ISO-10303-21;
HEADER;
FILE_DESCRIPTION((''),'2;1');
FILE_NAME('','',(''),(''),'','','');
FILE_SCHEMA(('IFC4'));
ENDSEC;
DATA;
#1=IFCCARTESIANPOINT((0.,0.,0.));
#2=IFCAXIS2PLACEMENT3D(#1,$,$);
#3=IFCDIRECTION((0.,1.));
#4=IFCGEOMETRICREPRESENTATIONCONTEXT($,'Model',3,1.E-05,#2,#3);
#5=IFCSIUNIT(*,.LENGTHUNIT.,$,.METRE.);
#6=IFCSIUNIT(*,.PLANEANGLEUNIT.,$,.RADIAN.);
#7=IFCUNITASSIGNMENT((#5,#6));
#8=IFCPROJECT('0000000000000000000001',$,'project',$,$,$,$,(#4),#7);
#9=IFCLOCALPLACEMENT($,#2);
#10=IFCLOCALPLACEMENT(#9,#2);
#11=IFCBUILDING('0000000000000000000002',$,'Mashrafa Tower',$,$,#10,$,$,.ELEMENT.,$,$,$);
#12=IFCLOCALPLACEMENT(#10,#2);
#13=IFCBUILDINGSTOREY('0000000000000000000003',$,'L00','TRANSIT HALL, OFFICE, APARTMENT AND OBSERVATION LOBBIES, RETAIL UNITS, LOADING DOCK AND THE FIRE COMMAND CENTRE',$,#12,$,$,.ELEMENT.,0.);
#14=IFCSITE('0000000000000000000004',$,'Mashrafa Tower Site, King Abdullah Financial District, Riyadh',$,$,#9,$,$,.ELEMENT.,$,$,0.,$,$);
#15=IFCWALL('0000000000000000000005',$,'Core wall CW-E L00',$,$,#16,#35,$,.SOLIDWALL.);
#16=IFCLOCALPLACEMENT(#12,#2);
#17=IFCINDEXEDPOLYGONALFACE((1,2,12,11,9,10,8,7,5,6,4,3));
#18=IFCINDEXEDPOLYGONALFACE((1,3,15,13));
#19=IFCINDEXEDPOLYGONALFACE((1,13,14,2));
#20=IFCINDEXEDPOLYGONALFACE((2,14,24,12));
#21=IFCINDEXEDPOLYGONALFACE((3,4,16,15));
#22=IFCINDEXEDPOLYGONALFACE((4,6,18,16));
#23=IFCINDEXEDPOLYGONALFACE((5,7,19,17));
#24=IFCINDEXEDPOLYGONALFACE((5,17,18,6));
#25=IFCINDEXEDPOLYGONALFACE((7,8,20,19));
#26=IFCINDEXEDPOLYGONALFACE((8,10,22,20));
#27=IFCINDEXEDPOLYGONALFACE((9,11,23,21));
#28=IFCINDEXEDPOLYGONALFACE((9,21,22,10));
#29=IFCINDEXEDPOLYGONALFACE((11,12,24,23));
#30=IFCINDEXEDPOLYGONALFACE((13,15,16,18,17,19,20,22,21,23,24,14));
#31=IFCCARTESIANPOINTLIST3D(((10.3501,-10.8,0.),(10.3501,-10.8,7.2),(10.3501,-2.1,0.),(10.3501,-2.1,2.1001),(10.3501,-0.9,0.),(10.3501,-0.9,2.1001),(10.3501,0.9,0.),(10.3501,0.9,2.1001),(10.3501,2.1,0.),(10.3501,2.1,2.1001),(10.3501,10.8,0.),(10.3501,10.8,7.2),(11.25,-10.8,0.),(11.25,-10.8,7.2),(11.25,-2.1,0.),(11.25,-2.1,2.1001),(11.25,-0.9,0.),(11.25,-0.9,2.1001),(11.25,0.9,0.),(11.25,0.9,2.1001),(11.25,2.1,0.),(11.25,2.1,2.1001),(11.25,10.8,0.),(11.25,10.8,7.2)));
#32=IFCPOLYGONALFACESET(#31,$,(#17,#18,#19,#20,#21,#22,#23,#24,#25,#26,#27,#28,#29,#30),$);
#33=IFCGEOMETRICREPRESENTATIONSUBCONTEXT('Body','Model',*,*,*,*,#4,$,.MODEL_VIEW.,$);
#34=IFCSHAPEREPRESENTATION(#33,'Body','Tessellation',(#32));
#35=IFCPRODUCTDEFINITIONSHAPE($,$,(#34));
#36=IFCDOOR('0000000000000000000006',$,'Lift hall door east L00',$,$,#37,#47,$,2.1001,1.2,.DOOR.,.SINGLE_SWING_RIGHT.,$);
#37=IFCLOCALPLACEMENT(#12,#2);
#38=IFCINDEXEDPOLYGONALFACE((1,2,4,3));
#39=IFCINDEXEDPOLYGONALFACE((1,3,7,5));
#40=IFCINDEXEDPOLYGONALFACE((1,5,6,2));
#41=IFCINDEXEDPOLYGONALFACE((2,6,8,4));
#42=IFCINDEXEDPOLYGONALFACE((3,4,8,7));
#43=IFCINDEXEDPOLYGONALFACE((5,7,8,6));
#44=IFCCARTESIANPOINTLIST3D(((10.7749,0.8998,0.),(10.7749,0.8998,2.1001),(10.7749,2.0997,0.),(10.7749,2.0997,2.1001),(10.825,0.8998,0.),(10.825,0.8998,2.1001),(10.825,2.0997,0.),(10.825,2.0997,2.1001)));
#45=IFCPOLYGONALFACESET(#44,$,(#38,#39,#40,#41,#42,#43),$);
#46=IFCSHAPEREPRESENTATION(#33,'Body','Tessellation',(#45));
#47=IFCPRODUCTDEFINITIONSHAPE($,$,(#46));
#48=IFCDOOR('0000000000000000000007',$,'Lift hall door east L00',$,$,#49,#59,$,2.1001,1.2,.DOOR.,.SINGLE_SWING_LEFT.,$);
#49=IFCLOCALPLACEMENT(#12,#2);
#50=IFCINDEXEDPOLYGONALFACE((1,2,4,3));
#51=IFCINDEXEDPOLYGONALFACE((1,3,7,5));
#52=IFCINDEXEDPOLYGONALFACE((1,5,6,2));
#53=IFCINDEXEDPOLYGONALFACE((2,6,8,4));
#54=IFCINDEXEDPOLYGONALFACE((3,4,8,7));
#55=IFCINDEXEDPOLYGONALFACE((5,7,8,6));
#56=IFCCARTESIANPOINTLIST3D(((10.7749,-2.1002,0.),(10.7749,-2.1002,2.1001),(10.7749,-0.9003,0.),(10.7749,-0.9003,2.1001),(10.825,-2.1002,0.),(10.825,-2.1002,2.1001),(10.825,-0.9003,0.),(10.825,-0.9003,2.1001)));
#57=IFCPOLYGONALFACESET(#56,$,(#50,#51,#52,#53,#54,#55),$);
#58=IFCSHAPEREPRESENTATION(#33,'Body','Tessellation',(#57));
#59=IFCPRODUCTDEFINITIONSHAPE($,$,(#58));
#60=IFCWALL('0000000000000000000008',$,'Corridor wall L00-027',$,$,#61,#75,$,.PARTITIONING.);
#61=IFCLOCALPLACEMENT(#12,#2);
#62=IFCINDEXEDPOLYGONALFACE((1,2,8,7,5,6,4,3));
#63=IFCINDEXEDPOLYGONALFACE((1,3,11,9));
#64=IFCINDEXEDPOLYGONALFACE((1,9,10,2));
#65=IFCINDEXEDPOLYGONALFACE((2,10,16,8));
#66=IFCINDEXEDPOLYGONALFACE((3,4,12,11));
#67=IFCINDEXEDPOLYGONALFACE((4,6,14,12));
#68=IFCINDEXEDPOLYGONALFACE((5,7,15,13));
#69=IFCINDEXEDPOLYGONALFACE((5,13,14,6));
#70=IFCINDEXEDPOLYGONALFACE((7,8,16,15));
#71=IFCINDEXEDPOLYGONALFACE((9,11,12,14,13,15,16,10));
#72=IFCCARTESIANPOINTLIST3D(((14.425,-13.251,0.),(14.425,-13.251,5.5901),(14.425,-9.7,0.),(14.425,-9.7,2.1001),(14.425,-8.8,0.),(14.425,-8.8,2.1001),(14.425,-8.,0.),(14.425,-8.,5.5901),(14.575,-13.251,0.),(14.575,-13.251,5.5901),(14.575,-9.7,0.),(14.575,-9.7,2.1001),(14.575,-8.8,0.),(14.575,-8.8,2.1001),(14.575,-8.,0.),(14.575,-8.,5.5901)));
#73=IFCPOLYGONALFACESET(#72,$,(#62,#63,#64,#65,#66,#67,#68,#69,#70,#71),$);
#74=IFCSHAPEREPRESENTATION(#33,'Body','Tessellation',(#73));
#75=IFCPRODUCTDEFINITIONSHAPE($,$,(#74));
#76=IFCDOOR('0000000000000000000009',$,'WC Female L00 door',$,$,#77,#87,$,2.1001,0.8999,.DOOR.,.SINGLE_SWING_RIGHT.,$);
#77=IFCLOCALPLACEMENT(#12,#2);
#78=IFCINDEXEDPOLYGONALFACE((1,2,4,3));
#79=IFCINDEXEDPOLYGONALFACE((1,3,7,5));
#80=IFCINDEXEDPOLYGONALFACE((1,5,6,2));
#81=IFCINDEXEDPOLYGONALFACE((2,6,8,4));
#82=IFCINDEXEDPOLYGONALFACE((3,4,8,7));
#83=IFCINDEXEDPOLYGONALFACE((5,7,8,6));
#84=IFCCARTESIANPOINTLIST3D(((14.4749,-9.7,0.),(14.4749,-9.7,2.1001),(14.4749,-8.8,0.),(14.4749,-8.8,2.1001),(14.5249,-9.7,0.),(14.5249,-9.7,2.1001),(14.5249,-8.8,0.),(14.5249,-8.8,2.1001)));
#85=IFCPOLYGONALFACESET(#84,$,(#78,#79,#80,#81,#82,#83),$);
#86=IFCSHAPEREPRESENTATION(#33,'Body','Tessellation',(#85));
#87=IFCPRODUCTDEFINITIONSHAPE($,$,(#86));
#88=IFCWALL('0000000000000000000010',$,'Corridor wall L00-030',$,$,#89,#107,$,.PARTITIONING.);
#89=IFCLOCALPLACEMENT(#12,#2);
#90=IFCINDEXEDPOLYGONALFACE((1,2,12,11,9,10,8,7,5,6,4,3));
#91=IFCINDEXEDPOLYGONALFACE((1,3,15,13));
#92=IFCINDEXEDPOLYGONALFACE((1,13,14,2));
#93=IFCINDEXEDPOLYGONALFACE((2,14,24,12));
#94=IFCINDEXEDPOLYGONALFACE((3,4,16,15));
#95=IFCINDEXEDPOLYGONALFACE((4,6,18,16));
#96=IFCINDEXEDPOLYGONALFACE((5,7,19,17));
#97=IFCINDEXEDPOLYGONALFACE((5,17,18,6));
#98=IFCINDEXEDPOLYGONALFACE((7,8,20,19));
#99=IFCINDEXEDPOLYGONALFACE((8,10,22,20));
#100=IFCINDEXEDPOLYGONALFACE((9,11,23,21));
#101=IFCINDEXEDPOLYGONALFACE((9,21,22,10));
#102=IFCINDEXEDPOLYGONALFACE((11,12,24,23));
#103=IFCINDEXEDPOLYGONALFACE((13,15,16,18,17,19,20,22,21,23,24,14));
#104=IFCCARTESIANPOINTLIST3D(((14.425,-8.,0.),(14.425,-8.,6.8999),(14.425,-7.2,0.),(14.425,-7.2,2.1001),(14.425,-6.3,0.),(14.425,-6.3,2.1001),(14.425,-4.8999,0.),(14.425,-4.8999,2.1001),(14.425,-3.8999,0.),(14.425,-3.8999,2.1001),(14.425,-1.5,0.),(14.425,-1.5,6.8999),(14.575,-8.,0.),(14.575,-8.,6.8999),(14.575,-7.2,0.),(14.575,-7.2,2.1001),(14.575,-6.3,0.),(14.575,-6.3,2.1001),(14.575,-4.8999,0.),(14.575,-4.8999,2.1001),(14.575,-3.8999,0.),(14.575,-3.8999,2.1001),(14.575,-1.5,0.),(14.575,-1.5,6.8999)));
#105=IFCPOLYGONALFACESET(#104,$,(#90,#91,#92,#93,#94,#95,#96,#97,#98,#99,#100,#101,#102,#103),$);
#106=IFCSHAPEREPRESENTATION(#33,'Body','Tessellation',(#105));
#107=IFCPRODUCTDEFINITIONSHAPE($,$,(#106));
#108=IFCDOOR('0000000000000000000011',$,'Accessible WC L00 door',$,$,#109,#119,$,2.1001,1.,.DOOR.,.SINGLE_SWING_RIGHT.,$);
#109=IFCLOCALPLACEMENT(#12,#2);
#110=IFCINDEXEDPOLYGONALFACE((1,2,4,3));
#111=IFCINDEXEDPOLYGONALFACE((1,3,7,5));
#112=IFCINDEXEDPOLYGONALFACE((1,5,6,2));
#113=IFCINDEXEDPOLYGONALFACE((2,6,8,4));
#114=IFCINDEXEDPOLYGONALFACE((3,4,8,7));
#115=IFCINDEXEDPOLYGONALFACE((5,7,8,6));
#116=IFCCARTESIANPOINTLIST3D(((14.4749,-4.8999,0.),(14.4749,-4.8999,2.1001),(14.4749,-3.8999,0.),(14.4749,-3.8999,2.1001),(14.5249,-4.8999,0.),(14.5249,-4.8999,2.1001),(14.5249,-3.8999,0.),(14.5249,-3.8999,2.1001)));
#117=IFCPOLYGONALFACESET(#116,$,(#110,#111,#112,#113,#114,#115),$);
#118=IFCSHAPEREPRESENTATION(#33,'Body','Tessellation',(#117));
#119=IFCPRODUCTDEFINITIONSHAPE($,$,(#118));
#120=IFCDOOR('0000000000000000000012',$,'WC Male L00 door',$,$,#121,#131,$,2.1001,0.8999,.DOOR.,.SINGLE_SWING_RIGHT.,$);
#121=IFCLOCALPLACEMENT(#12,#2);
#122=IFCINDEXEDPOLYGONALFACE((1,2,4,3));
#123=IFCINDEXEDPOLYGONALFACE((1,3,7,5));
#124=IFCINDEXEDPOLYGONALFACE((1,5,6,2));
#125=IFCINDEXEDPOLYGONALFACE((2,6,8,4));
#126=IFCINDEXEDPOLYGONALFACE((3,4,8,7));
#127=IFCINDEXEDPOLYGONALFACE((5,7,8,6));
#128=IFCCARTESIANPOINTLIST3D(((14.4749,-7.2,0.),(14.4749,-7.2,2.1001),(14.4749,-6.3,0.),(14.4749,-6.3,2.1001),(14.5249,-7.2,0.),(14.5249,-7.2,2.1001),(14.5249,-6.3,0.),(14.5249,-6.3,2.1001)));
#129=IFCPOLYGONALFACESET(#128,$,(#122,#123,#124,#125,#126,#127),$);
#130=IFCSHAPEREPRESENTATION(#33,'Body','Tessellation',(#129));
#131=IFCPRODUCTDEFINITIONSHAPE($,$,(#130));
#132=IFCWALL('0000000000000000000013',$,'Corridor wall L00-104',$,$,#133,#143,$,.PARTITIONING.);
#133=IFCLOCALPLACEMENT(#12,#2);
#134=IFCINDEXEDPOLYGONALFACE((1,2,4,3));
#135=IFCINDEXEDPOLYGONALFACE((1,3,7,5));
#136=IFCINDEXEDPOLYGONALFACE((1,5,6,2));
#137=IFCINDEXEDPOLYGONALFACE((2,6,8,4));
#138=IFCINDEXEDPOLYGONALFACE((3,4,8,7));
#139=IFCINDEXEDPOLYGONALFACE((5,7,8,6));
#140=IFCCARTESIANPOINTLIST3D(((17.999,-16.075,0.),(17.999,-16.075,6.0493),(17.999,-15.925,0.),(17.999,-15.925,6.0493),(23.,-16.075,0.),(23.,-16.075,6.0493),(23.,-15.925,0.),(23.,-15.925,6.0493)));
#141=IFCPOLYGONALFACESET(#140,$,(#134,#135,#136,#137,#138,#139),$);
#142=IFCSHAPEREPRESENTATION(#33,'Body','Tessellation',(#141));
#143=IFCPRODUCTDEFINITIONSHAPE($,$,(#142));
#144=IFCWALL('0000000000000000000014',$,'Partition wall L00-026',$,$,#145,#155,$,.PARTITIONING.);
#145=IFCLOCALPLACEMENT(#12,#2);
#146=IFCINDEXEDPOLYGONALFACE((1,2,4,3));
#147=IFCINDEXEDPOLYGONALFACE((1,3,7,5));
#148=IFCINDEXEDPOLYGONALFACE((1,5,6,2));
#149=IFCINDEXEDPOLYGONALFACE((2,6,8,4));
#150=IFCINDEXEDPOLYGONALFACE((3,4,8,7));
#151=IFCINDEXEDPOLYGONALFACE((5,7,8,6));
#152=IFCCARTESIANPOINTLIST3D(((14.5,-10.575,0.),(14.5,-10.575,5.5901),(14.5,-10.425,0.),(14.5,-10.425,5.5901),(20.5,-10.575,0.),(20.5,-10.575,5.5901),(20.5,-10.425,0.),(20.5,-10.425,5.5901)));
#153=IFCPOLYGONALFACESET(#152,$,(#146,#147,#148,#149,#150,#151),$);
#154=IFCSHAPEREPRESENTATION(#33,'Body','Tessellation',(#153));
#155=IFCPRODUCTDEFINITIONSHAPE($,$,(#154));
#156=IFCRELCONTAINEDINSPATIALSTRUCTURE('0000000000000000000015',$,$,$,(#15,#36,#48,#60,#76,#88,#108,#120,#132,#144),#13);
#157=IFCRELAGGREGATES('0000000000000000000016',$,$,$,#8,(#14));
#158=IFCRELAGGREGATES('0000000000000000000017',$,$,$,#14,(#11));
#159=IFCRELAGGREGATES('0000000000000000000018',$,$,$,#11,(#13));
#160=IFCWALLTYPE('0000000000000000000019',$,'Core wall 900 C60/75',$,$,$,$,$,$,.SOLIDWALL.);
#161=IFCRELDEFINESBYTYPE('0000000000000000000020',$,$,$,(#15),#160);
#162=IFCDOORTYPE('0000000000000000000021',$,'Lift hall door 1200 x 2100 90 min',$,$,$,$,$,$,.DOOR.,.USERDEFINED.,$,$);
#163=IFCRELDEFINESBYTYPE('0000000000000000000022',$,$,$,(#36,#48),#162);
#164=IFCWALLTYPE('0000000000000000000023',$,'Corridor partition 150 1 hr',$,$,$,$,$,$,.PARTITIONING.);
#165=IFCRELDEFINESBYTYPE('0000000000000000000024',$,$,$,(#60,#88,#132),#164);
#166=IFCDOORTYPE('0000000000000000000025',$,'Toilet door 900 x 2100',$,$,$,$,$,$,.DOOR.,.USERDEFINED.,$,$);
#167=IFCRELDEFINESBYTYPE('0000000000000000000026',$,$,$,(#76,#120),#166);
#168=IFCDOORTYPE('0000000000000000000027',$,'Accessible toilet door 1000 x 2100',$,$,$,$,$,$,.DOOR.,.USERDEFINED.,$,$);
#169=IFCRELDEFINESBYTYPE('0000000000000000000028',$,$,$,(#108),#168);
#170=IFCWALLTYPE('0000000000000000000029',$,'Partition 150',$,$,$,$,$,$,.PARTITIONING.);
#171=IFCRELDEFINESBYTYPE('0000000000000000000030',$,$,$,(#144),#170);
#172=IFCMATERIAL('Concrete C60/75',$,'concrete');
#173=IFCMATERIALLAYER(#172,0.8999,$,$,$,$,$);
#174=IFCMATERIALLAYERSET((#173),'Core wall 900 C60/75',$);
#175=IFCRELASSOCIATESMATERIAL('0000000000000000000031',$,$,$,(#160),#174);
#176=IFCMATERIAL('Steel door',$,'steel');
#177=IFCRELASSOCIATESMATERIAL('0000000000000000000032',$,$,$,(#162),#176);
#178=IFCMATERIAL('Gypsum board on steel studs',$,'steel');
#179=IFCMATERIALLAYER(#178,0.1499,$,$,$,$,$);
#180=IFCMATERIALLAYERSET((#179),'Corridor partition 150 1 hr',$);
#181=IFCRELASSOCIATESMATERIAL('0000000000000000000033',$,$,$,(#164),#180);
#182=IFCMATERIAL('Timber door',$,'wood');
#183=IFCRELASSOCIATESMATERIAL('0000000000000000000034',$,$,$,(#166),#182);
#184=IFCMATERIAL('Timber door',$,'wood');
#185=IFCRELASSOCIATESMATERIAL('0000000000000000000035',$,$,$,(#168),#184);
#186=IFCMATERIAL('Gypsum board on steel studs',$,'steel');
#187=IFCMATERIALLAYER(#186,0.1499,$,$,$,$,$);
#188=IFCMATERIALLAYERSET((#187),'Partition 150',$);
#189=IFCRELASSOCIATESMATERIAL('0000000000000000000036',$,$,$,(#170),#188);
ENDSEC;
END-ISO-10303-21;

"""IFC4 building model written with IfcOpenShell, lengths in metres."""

from ifc_helpers import new_model, si_unit, direction, frame, frame_2d, origin, place, context, subcontext, project, spatial, rectangle, extrude, material, layer, layer_set, type_object, element, fill, save


model = new_model("IFC4")

# Units and contexts
model_context = context("Model", 3, precision=1e-05, world=origin(), true_north=direction((0.0, 1.0)))
body_context = subcontext(model_context, "Body", "Model", "MODEL_VIEW")
ifc_project = project(units=[si_unit("LENGTHUNIT", "METRE"), si_unit("PLANEANGLEUNIT", "RADIAN")], contexts=[model_context])

# Site, building, storey
site_placement = place(None, origin())
site = spatial("IfcSite", under=ifc_project, at=site_placement, Name="Mashrafa Tower Site, King Abdullah Financial District, Riyadh", CompositionType="ELEMENT", RefElevation=0.0)
building_placement = place(site_placement, origin())
building = spatial("IfcBuilding", under=site, at=building_placement, Name="Mashrafa Tower", CompositionType="ELEMENT")
storey_placement = place(building_placement, origin())
storey = spatial("IfcBuildingStorey", under=building, at=storey_placement, Name="L00", Description="TRANSIT HALL, OFFICE, APARTMENT AND OBSERVATION LOBBIES, RETAIL UNITS, LOADING DOCK AND THE FIRE COMMAND CENTRE", CompositionType="ELEMENT", Elevation=0.0)

# Wall, openings, doors
ifc_material_1 = material(Name="Concrete C60/75", Category="concrete")
ifc_layer_1 = layer(ifc_material_1, 0.8999)
ifc_layer_set_1 = layer_set([ifc_layer_1], Name="Core wall 900 C60/75")
wall_type_1 = type_object("IfcWallType", Name="Core wall 900 C60/75", PredefinedType="SOLIDWALL", material=ifc_layer_set_1)
wall_1_placement = place(storey_placement, frame((10.8, -10.8, 0.0), z_axis=(0.0, 0.0, 1.0), x_axis=(0.0, 1.0, 0.0)))
wall_1 = element("IfcWall", 1, at=wall_1_placement, inside=storey, type_object=wall_type_1, Name="Core wall CW-E L00", PredefinedType="SOLIDWALL", context=body_context, shape_type="SweptSolid", body=[
    extrude(rectangle(XDim=21.6001, YDim=0.8999, at=frame_2d((10.8, 0.0))), origin(), (0.0, 0.0, 1.0), 7.2),
])
opening_1_placement = place(wall_1_placement, frame((11.7, 0.0, 0.0)))
opening_1 = element("IfcOpeningElement", 2, at=opening_1_placement, cuts=wall_1, PredefinedType="OPENING", context=body_context, shape_type="SweptSolid", body=[
    extrude(rectangle(XDim=1.2, YDim=2.1001, at=frame_2d((0.6001, 1.05))), frame((0.0, 0.46, 0.0), z_axis=(0.0, -1.0, 0.0), x_axis=(1.0, 0.0, 0.0)), (0.0, 0.0, 1.0), 0.9199),
])
opening_2_placement = place(wall_1_placement, frame((8.7, 0.0, 0.0)))
opening_2 = element("IfcOpeningElement", 3, at=opening_2_placement, cuts=wall_1, PredefinedType="OPENING", context=body_context, shape_type="SweptSolid", body=[
    extrude(rectangle(XDim=1.2, YDim=2.1001, at=frame_2d((0.6001, 1.05))), frame((0.0, 0.46, 0.0), z_axis=(0.0, -1.0, 0.0), x_axis=(1.0, 0.0, 0.0)), (0.0, 0.0, 1.0), 0.9199),
])
ifc_material_2 = material(Name="Steel door", Category="steel")
door_type_1 = type_object("IfcDoorType", Name="Lift hall door 1200 x 2100 90 min", OperationType="USERDEFINED", PredefinedType="DOOR", material=ifc_material_2)
door_1_placement = place(opening_1_placement, frame((1.2, 0.0, 0.0), z_axis=(0.0, 0.0, 1.0), x_axis=(-1.0, 0.0, 0.0)))
door_1 = element("IfcDoor", 4, at=door_1_placement, inside=storey, type_object=door_type_1, Name="Lift hall door east L00", OperationType="SINGLE_SWING_RIGHT", OverallHeight=2.1001, OverallWidth=1.2, PredefinedType="DOOR", context=body_context, shape_type="SweptSolid", body=[
    extrude(rectangle(XDim=1.2, YDim=2.1001, at=frame_2d((0.6001, 1.05))), frame((0.0, 0.0249, 0.0), z_axis=(0.0, -1.0, 0.0), x_axis=(1.0, 0.0, 0.0)), (0.0, 0.0, 1.0), 0.05),
])
fill(opening_1, door_1)
door_2_placement = place(opening_2_placement, frame((1.2, 0.0, 0.0), z_axis=(0.0, 0.0, 1.0), x_axis=(-1.0, 0.0, 0.0)))
door_2 = element("IfcDoor", 5, at=door_2_placement, inside=storey, type_object=door_type_1, Name="Lift hall door east L00", OperationType="SINGLE_SWING_LEFT", OverallHeight=2.1001, OverallWidth=1.2, PredefinedType="DOOR", context=body_context, shape_type="SweptSolid", body=[
    extrude(rectangle(XDim=1.2, YDim=2.1001, at=frame_2d((0.6001, 1.05))), frame((0.0, 0.0249, 0.0), z_axis=(0.0, -1.0, 0.0), x_axis=(1.0, 0.0, 0.0)), (0.0, 0.0, 1.0), 0.05),
])
fill(opening_2, door_2)

# Wall, opening, door
ifc_material_3 = material(Name="Gypsum board on steel studs", Category="steel")
ifc_layer_2 = layer(ifc_material_3, 0.1499)
ifc_layer_set_2 = layer_set([ifc_layer_2], Name="Corridor partition 150 1 hr")
wall_type_2 = type_object("IfcWallType", Name="Corridor partition 150 1 hr", PredefinedType="PARTITIONING", material=ifc_layer_set_2)
wall_2_placement = place(storey_placement, frame((14.5, -8.0, 0.0), z_axis=(0.0, 0.0, 1.0), x_axis=(0.0, -1.0, 0.0)))
wall_2 = element("IfcWall", 6, at=wall_2_placement, inside=storey, type_object=wall_type_2, Name="Corridor wall L00-027", PredefinedType="PARTITIONING", context=body_context, shape_type="SweptSolid", body=[
    extrude(rectangle(XDim=5.251, YDim=0.1499, at=frame_2d((2.6255, 0.0))), origin(), (0.0, 0.0, 1.0), 5.5901),
])
opening_3_placement = place(wall_2_placement, frame((0.8, 0.0, 0.0)))
opening_3 = element("IfcOpeningElement", 7, at=opening_3_placement, cuts=wall_2, PredefinedType="OPENING", context=body_context, shape_type="SweptSolid", body=[
    extrude(rectangle(XDim=0.8999, YDim=2.1001, at=frame_2d((0.45, 1.05))), frame((0.0, 0.085, 0.0), z_axis=(0.0, -1.0, 0.0), x_axis=(1.0, 0.0, 0.0)), (0.0, 0.0, 1.0), 0.1699),
])
ifc_material_4 = material(Name="Timber door", Category="wood")
door_type_2 = type_object("IfcDoorType", Name="Toilet door 900 x 2100", OperationType="USERDEFINED", PredefinedType="DOOR", material=ifc_material_4)
door_3_placement = place(opening_3_placement, origin())
door_3 = element("IfcDoor", 8, at=door_3_placement, inside=storey, type_object=door_type_2, Name="WC Female L00 door", OperationType="SINGLE_SWING_RIGHT", OverallHeight=2.1001, OverallWidth=0.8999, PredefinedType="DOOR", context=body_context, shape_type="SweptSolid", body=[
    extrude(rectangle(XDim=0.8999, YDim=2.1001, at=frame_2d((0.45, 1.05))), frame((0.0, 0.0249, 0.0), z_axis=(0.0, -1.0, 0.0), x_axis=(1.0, 0.0, 0.0)), (0.0, 0.0, 1.0), 0.05),
])
fill(opening_3, door_3)

# Wall, openings, doors
wall_3_placement = place(storey_placement, frame((14.5, -8.0, 0.0), z_axis=(0.0, 0.0, 1.0), x_axis=(0.0, 1.0, 0.0)))
wall_3 = element("IfcWall", 9, at=wall_3_placement, inside=storey, type_object=wall_type_2, Name="Corridor wall L00-030", PredefinedType="PARTITIONING", context=body_context, shape_type="SweptSolid", body=[
    extrude(rectangle(XDim=6.5, YDim=0.1499, at=frame_2d((3.25, 0.0))), origin(), (0.0, 0.0, 1.0), 6.8999),
])
opening_4_placement = place(wall_3_placement, frame((0.8, 0.0, 0.0)))
opening_4 = element("IfcOpeningElement", 10, at=opening_4_placement, cuts=wall_3, PredefinedType="OPENING", context=body_context, shape_type="SweptSolid", body=[
    extrude(rectangle(XDim=0.8999, YDim=2.1001, at=frame_2d((0.45, 1.05))), frame((0.0, 0.085, 0.0), z_axis=(0.0, -1.0, 0.0), x_axis=(1.0, 0.0, 0.0)), (0.0, 0.0, 1.0), 0.1699),
])
opening_5_placement = place(wall_3_placement, frame((3.1001, 0.0, 0.0)))
opening_5 = element("IfcOpeningElement", 11, at=opening_5_placement, cuts=wall_3, PredefinedType="OPENING", context=body_context, shape_type="SweptSolid", body=[
    extrude(rectangle(XDim=1.0, YDim=2.1001, at=frame_2d((0.5, 1.05))), frame((0.0, 0.085, 0.0), z_axis=(0.0, -1.0, 0.0), x_axis=(1.0, 0.0, 0.0)), (0.0, 0.0, 1.0), 0.1699),
])
ifc_material_5 = material(Name="Timber door", Category="wood")
door_type_3 = type_object("IfcDoorType", Name="Accessible toilet door 1000 x 2100", OperationType="USERDEFINED", PredefinedType="DOOR", material=ifc_material_5)
door_4_placement = place(opening_5_placement, frame((1.0, 0.0, 0.0), z_axis=(0.0, 0.0, 1.0), x_axis=(-1.0, 0.0, 0.0)))
door_4 = element("IfcDoor", 12, at=door_4_placement, inside=storey, type_object=door_type_3, Name="Accessible WC L00 door", OperationType="SINGLE_SWING_RIGHT", OverallHeight=2.1001, OverallWidth=1.0, PredefinedType="DOOR", context=body_context, shape_type="SweptSolid", body=[
    extrude(rectangle(XDim=1.0, YDim=2.1001, at=frame_2d((0.5, 1.05))), frame((0.0, 0.0249, 0.0), z_axis=(0.0, -1.0, 0.0), x_axis=(1.0, 0.0, 0.0)), (0.0, 0.0, 1.0), 0.05),
])
fill(opening_5, door_4)
door_5_placement = place(opening_4_placement, frame((0.8999, 0.0, 0.0), z_axis=(0.0, 0.0, 1.0), x_axis=(-1.0, 0.0, 0.0)))
door_5 = element("IfcDoor", 13, at=door_5_placement, inside=storey, type_object=door_type_2, Name="WC Male L00 door", OperationType="SINGLE_SWING_RIGHT", OverallHeight=2.1001, OverallWidth=0.8999, PredefinedType="DOOR", context=body_context, shape_type="SweptSolid", body=[
    extrude(rectangle(XDim=0.8999, YDim=2.1001, at=frame_2d((0.45, 1.05))), frame((0.0, 0.0249, 0.0), z_axis=(0.0, -1.0, 0.0), x_axis=(1.0, 0.0, 0.0)), (0.0, 0.0, 1.0), 0.05),
])
fill(opening_4, door_5)

# Walls
wall_4_placement = place(storey_placement, frame((17.999, -16.0, 0.0), z_axis=(0.0, 0.0, 1.0), x_axis=(1.0, 0.0, 0.0)))
element("IfcWall", 14, at=wall_4_placement, inside=storey, type_object=wall_type_2, Name="Corridor wall L00-104", PredefinedType="PARTITIONING", context=body_context, shape_type="SweptSolid", body=[
    extrude(rectangle(XDim=5.001, YDim=0.1499, at=frame_2d((2.5005, 0.0))), origin(), (0.0, 0.0, 1.0), 6.0493),
])
ifc_material_6 = material(Name="Gypsum board on steel studs", Category="steel")
ifc_layer_3 = layer(ifc_material_6, 0.1499)
ifc_layer_set_3 = layer_set([ifc_layer_3], Name="Partition 150")
wall_type_3 = type_object("IfcWallType", Name="Partition 150", PredefinedType="PARTITIONING", material=ifc_layer_set_3)
wall_5_placement = place(storey_placement, frame((14.5, -10.5, 0.0), z_axis=(0.0, 0.0, 1.0), x_axis=(1.0, 0.0, 0.0)))
element("IfcWall", 15, at=wall_5_placement, inside=storey, type_object=wall_type_3, Name="Partition wall L00-026", PredefinedType="PARTITIONING", context=body_context, shape_type="SweptSolid", body=[
    extrude(rectangle(XDim=6.0, YDim=0.1499, at=frame_2d((3.0, 0.0))), origin(), (0.0, 0.0, 1.0), 5.5901),
])

save(model, "model.ifc")
